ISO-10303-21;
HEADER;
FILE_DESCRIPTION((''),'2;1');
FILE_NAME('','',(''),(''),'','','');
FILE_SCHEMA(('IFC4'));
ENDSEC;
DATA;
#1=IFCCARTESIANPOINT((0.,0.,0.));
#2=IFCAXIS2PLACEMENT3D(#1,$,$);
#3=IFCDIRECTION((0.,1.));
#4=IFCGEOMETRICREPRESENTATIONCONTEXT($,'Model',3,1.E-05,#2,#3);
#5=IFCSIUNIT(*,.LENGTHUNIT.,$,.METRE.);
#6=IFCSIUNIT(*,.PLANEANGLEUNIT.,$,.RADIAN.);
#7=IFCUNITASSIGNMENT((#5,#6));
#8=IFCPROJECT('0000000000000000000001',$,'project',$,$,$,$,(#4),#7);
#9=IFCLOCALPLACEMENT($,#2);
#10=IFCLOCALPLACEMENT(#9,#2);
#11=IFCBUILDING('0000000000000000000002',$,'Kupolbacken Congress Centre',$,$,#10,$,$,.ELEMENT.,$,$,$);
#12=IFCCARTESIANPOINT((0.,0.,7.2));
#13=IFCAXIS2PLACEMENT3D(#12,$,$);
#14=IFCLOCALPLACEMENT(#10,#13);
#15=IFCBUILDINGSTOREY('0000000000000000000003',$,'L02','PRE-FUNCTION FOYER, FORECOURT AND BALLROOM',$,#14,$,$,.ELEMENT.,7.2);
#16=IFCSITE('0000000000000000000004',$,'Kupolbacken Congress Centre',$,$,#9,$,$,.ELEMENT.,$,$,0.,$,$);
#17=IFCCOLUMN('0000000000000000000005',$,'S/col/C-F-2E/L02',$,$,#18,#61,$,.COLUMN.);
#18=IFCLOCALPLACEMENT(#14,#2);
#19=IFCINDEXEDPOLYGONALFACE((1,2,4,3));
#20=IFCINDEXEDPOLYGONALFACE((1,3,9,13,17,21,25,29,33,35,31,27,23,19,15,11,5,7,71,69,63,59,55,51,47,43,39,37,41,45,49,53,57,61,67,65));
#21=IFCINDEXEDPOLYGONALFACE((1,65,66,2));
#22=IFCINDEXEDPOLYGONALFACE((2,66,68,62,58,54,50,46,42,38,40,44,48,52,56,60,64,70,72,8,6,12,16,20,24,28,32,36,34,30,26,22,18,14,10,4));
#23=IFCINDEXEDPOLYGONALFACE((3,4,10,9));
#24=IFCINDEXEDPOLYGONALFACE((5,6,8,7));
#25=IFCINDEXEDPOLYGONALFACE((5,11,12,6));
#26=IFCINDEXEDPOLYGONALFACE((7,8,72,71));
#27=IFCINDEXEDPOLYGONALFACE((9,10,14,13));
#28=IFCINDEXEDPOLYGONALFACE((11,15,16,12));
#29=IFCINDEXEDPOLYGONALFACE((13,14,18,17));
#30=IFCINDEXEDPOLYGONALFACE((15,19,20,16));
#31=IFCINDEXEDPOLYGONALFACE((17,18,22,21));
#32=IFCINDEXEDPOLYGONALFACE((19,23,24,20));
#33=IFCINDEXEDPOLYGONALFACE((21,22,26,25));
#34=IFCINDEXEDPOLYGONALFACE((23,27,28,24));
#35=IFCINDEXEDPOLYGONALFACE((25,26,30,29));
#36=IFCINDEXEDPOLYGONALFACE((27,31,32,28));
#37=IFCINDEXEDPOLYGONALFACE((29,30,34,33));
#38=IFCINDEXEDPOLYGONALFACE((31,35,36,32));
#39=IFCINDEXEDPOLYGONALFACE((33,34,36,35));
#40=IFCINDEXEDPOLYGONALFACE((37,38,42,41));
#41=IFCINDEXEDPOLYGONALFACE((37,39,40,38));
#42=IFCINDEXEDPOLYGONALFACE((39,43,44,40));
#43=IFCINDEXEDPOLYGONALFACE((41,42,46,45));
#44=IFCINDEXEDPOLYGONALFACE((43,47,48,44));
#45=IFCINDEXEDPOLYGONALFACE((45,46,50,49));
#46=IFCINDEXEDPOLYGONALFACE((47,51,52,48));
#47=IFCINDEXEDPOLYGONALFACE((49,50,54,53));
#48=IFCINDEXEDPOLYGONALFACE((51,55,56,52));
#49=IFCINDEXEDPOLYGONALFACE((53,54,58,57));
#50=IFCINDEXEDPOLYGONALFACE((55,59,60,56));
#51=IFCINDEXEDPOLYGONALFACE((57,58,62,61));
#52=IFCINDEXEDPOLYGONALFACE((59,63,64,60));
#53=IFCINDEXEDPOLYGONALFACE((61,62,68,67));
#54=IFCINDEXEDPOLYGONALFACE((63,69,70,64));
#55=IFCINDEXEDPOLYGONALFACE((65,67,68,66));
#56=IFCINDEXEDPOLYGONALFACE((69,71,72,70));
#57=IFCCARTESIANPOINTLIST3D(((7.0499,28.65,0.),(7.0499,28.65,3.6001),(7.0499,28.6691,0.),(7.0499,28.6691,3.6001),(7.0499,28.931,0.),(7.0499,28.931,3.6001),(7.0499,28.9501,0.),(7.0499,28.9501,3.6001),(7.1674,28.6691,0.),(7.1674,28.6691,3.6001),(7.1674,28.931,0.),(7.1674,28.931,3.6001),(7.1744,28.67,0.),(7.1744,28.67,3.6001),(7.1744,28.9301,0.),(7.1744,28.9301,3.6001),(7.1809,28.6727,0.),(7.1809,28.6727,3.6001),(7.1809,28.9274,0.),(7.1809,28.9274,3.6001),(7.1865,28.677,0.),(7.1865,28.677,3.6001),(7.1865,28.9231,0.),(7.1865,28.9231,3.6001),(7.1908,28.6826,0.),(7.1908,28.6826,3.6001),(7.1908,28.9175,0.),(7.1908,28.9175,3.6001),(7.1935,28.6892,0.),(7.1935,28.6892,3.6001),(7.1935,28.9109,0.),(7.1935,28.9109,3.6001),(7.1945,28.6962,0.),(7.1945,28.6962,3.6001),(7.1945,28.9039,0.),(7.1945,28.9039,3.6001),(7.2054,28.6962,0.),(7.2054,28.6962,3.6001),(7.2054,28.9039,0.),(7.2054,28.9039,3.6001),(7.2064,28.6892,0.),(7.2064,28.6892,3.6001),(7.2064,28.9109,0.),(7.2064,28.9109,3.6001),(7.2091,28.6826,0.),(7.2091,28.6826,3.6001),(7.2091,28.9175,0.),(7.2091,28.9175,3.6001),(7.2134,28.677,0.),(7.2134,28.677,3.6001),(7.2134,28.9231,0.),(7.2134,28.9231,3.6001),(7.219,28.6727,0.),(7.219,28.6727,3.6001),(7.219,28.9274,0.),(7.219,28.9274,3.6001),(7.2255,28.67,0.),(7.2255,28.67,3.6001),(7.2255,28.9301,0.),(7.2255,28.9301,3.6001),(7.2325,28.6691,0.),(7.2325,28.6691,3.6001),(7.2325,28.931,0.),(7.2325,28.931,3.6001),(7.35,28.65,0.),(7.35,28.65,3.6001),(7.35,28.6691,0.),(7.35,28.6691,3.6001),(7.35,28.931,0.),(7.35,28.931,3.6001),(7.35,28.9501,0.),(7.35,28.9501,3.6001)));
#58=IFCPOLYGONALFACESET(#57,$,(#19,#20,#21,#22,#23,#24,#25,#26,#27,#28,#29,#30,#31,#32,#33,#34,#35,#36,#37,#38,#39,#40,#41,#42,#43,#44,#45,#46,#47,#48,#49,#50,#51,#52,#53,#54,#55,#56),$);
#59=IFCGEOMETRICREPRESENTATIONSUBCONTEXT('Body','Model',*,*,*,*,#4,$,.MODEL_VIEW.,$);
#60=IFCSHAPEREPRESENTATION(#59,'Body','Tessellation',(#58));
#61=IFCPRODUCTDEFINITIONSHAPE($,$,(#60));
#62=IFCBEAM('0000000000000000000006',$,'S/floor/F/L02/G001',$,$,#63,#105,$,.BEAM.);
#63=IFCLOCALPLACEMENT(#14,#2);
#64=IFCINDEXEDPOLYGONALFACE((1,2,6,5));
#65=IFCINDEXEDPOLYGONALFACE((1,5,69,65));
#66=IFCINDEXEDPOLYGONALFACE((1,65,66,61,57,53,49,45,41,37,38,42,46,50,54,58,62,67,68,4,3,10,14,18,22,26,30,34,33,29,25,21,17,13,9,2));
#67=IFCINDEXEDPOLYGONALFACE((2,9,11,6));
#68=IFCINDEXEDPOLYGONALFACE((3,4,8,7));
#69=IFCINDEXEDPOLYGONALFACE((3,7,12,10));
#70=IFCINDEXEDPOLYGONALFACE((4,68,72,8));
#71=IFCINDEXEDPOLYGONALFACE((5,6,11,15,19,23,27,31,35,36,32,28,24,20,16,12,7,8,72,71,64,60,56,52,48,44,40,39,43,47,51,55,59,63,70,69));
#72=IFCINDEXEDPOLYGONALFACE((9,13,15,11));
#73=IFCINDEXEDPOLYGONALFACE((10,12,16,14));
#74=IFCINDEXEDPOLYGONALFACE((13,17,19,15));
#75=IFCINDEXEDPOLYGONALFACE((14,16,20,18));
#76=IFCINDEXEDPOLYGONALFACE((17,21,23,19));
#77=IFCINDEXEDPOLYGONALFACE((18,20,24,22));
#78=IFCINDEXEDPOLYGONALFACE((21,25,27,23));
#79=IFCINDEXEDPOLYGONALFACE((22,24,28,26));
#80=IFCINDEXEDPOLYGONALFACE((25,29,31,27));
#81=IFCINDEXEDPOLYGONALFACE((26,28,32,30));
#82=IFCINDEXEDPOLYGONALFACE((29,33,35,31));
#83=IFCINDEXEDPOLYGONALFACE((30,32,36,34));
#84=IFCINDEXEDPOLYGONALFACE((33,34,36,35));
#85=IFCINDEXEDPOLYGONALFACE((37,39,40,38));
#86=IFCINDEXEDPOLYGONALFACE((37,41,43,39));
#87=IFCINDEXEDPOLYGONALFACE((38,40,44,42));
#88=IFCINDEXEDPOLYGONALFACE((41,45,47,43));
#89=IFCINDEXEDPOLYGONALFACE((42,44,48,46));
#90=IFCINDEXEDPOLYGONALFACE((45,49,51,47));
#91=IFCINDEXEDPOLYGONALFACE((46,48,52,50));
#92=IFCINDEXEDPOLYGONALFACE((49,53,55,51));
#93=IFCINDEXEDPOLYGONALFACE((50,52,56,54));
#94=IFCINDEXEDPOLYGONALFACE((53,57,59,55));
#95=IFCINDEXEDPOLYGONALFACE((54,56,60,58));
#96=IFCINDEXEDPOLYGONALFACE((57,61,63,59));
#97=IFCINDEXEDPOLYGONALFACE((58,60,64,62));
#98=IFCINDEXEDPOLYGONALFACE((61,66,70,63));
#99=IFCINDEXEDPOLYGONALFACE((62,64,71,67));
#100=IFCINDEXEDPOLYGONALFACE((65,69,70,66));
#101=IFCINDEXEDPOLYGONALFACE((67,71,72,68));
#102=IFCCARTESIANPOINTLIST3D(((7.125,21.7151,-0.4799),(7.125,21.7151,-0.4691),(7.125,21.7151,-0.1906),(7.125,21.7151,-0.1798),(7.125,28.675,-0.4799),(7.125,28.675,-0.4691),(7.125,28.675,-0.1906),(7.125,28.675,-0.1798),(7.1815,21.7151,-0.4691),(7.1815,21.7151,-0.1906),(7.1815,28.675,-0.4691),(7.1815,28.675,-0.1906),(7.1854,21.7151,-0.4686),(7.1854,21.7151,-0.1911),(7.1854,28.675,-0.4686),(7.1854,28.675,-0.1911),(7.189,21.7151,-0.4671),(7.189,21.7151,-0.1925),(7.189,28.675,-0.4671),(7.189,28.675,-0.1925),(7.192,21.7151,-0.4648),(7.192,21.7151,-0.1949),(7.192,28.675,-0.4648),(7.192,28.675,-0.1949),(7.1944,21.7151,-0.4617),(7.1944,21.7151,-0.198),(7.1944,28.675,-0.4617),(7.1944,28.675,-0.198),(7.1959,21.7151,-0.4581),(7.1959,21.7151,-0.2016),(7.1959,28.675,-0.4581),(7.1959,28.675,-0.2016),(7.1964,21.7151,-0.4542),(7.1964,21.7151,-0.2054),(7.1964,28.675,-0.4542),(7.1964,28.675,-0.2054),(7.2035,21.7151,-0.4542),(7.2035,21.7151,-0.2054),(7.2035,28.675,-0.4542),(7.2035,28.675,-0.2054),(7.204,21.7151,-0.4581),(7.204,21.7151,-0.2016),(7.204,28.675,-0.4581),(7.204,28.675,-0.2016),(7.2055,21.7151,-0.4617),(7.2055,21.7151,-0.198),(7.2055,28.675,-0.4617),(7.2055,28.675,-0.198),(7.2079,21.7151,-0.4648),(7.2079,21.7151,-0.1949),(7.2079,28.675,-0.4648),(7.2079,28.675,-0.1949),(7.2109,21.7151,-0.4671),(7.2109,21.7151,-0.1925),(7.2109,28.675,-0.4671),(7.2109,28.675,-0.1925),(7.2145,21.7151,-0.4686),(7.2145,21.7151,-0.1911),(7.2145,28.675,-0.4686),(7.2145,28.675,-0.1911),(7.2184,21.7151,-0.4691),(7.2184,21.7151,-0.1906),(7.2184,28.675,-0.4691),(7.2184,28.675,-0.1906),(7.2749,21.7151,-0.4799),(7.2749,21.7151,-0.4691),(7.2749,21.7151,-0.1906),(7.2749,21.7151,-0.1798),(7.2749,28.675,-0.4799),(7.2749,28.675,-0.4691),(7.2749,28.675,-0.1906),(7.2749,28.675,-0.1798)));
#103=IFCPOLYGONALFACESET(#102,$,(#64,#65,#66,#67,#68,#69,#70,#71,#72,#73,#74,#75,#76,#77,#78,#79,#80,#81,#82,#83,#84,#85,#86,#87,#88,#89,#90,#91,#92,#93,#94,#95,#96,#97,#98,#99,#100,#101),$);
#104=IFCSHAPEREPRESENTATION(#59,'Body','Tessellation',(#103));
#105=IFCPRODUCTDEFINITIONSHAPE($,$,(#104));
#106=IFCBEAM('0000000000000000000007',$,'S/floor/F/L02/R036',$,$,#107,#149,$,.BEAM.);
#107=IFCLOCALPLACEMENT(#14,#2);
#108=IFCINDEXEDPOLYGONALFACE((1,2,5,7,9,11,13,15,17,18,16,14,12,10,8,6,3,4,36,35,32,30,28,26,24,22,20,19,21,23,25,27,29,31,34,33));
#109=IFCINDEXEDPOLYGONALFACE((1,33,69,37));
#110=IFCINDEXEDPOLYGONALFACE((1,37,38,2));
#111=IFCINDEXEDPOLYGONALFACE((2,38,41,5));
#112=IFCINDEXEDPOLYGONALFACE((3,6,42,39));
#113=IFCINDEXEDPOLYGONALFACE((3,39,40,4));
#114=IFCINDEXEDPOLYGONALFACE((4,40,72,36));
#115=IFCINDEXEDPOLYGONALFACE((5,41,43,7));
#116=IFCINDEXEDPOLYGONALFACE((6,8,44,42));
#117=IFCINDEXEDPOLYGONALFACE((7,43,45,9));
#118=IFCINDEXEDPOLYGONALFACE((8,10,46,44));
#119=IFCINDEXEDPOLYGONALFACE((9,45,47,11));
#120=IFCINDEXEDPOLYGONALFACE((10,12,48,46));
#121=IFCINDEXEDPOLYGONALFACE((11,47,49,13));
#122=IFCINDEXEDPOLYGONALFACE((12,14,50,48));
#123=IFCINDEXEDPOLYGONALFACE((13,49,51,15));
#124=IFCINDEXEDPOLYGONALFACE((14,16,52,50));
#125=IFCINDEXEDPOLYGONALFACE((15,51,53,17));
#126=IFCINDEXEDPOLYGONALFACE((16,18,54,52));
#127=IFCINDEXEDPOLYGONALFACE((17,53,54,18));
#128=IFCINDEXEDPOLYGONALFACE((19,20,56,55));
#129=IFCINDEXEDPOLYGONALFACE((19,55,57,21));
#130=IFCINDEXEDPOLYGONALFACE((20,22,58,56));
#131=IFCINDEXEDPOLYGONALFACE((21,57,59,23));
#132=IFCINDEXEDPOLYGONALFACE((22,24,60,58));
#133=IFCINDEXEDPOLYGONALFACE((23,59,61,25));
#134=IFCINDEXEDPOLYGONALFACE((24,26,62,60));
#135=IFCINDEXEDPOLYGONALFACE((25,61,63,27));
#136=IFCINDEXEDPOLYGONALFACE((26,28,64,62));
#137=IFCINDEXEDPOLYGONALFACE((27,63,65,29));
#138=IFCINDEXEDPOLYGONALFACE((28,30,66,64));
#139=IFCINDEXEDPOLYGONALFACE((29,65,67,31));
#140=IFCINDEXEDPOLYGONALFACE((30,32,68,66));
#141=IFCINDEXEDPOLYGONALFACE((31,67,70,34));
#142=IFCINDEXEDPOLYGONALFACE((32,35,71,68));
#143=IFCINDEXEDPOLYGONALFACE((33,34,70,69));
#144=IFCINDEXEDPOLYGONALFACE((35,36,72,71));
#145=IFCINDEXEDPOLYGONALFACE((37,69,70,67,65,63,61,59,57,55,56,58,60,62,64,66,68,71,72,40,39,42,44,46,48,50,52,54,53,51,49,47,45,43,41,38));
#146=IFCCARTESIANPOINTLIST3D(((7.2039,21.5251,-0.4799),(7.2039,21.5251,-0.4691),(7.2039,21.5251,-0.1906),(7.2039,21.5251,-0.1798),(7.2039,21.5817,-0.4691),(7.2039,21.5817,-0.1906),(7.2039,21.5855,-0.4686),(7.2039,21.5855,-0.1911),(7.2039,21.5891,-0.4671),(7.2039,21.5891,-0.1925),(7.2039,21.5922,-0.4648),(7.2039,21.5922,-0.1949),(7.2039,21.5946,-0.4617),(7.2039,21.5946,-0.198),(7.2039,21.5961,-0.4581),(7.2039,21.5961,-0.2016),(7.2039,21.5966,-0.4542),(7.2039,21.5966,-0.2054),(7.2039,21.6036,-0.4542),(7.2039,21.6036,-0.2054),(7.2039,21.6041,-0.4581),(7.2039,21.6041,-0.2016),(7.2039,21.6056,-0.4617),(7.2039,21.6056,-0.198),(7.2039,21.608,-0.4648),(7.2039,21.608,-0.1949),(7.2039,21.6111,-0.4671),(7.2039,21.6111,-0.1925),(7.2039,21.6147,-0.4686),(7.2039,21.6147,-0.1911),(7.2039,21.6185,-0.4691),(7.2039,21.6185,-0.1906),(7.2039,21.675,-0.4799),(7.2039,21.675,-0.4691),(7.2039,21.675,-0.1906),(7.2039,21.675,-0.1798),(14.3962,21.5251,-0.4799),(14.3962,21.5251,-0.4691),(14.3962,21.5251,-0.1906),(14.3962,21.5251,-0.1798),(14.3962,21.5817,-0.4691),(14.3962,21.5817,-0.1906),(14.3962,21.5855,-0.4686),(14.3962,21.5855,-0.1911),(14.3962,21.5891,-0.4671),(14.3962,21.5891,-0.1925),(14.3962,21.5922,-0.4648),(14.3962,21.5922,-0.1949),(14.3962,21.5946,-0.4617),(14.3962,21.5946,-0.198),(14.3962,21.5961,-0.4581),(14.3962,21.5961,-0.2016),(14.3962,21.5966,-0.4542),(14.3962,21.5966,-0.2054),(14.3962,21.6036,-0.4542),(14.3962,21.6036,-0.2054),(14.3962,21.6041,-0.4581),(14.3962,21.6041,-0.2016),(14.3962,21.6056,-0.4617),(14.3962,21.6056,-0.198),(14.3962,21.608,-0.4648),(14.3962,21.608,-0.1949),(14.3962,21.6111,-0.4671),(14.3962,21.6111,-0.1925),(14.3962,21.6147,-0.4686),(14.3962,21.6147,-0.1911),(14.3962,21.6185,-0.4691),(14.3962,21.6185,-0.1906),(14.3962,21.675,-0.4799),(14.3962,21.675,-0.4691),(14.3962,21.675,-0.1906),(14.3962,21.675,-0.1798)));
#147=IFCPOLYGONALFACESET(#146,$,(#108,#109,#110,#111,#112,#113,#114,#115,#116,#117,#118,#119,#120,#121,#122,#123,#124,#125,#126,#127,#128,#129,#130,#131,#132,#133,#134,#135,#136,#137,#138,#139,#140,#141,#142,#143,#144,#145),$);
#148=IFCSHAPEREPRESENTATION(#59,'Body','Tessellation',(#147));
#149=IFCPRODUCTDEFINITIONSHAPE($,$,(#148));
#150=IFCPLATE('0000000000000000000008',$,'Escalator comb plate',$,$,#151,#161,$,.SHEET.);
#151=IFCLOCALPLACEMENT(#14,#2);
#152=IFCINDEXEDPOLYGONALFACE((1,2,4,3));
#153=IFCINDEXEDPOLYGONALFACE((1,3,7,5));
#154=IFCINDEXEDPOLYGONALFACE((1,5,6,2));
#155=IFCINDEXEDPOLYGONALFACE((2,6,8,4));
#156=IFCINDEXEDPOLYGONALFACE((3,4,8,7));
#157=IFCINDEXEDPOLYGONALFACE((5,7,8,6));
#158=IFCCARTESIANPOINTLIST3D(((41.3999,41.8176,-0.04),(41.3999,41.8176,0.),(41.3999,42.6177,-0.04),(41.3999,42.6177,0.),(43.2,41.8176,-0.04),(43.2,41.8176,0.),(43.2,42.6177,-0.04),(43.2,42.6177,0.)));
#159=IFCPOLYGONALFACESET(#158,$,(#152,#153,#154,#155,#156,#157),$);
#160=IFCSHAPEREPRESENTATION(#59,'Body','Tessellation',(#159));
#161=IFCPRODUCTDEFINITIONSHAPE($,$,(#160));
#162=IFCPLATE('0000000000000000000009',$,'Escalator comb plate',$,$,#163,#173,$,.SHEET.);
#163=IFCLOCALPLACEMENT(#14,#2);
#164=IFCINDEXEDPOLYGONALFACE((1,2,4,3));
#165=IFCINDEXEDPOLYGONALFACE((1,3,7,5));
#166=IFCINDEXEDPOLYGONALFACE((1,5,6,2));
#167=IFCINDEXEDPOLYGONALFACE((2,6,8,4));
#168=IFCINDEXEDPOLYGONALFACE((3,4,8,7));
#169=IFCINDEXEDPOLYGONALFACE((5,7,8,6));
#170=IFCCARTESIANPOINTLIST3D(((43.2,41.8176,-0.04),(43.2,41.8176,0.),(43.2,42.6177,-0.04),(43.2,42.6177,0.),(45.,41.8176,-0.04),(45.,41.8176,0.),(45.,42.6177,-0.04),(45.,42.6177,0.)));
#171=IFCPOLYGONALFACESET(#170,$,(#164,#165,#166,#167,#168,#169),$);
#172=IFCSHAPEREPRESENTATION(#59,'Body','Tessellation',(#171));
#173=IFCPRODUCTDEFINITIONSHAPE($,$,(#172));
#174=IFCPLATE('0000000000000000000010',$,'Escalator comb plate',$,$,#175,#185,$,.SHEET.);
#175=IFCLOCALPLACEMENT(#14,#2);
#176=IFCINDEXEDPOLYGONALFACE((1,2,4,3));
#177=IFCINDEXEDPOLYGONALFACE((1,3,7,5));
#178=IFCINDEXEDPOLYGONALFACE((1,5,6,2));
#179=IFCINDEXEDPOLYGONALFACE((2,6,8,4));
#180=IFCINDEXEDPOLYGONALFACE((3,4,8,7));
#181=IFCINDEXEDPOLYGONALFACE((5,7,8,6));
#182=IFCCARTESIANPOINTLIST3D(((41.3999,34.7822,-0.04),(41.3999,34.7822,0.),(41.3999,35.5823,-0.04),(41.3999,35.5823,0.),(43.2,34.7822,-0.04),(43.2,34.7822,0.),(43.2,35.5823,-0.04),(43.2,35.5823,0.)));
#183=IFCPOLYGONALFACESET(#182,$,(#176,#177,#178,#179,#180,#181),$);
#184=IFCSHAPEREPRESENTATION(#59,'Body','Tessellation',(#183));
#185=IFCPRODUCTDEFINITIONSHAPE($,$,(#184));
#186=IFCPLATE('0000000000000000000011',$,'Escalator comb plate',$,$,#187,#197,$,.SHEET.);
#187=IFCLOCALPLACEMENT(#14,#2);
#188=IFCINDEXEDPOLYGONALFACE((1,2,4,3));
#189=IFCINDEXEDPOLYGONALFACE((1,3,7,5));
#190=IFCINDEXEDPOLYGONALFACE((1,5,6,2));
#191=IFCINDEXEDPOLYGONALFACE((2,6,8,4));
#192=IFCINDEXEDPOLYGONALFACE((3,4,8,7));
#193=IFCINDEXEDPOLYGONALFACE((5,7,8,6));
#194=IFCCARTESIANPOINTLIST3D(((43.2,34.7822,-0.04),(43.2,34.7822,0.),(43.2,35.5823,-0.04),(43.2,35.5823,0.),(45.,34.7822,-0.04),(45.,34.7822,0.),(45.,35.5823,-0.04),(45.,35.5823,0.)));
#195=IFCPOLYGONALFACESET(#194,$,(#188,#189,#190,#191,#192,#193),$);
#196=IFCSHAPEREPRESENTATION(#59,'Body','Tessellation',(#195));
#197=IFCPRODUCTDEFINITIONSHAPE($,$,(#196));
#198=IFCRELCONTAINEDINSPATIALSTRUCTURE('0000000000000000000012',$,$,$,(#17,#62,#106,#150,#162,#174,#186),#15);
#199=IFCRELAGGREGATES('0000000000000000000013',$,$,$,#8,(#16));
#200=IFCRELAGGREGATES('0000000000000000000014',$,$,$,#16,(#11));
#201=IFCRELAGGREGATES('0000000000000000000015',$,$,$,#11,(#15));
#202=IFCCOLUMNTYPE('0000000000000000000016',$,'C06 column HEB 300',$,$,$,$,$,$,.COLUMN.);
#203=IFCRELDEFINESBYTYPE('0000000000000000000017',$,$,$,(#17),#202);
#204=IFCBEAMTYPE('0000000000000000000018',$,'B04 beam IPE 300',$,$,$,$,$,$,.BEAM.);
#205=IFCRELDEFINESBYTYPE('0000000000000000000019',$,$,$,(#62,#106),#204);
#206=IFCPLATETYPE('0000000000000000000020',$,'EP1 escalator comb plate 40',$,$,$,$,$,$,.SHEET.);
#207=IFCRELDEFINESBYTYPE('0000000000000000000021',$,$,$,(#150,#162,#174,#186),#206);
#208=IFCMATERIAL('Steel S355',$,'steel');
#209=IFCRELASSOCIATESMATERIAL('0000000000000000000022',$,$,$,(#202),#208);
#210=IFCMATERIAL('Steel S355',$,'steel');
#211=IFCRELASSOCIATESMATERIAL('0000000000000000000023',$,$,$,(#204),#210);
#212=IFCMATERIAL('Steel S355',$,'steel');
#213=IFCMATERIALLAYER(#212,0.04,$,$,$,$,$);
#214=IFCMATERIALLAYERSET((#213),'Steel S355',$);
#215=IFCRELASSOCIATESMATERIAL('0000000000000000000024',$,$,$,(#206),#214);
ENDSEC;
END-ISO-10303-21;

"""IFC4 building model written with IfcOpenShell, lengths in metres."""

from ifc_helpers import new_model, si_unit, direction, frame, origin, origin_2d, place, context, subcontext, project, spatial, polyline, i_section, outline, extrude, material, layer, layer_set, material_profile, profile_set, type_object, element, save


model = new_model("IFC4")

# Units and contexts
model_context = context("Model", 3, precision=1e-05, world=origin(), true_north=direction((0.0, 1.0)))
body_context = subcontext(model_context, "Body", "Model", "MODEL_VIEW")
ifc_project = project(units=[si_unit("LENGTHUNIT", "METRE"), si_unit("PLANEANGLEUNIT", "RADIAN")], contexts=[model_context])

# Site, building, storey
site_placement = place(None, origin())
site = spatial("IfcSite", under=ifc_project, at=site_placement, Name="Kupolbacken Congress Centre", CompositionType="ELEMENT", RefElevation=0.0)
building_placement = place(site_placement, origin())
building = spatial("IfcBuilding", under=site, at=building_placement, Name="Kupolbacken Congress Centre", CompositionType="ELEMENT")
storey_placement = place(building_placement, frame((0.0, 0.0, 7.2)))
storey = spatial("IfcBuildingStorey", under=building, at=storey_placement, Name="L02", Description="PRE-FUNCTION FOYER, FORECOURT AND BALLROOM", CompositionType="ELEMENT", Elevation=7.2)

# Column
ifc_material_1 = material(Name="Steel S355", Category="steel")
ifc_material_profile_1 = material_profile(ifc_material_1, i_section(OverallWidth=0.3, OverallDepth=0.3, WebThickness=0.011, FlangeThickness=0.019, FilletRadius=0.0271, at=origin_2d()), Name="HEB 300")
ifc_profile_set_1 = profile_set([ifc_material_profile_1], Name="Steel S355")
column_type = type_object("IfcColumnType", Name="C06 column HEB 300", PredefinedType="COLUMN", material=ifc_profile_set_1)
column_placement = place(storey_placement, frame((7.2, 28.8, 0.0), z_axis=(0.0, 0.0, 1.0), x_axis=(1.0, 0.0, 0.0)))
element("IfcColumn", 1, at=column_placement, inside=storey, type_object=column_type, Name="S/col/C-F-2E/L02", PredefinedType="COLUMN", context=body_context, shape_type="SweptSolid", body=[
    extrude(i_section(OverallWidth=0.3, OverallDepth=0.3, WebThickness=0.011, FlangeThickness=0.019, FilletRadius=0.0271, at=origin_2d()), origin(), (0.0, 0.0, 1.0), 3.6001),
])

# Beams
ifc_material_2 = material(Name="Steel S355", Category="steel")
ifc_material_profile_2 = material_profile(ifc_material_2, i_section(OverallWidth=0.1499, OverallDepth=0.3, WebThickness=0.0071, FlangeThickness=0.0107, FilletRadius=0.0149, at=origin_2d()), Name="IPE 300")
ifc_profile_set_2 = profile_set([ifc_material_profile_2], Name="Steel S355")
beam_type = type_object("IfcBeamType", Name="B04 beam IPE 300", PredefinedType="BEAM", material=ifc_profile_set_2)
beam_1_placement = place(storey_placement, frame((7.2, 21.7151, -0.3298), z_axis=(0.0, 1.0, 0.0), x_axis=(-1.0, 0.0, 0.0)))
element("IfcBeam", 2, at=beam_1_placement, inside=storey, type_object=beam_type, Name="S/floor/F/L02/G001", PredefinedType="BEAM", context=body_context, shape_type="SweptSolid", body=[
    extrude(i_section(OverallWidth=0.1499, OverallDepth=0.3, WebThickness=0.0071, FlangeThickness=0.0107, FilletRadius=0.0149, at=origin_2d()), origin(), (0.0, 0.0, 1.0), 6.96),
])
beam_2_placement = place(storey_placement, frame((7.2039, 21.6001, -0.3298), z_axis=(1.0, 0.0, 0.0), x_axis=(0.0, 1.0, 0.0)))
element("IfcBeam", 3, at=beam_2_placement, inside=storey, type_object=beam_type, Name="S/floor/F/L02/R036", PredefinedType="BEAM", context=body_context, shape_type="SweptSolid", body=[
    extrude(i_section(OverallWidth=0.1499, OverallDepth=0.3, WebThickness=0.0071, FlangeThickness=0.0107, FilletRadius=0.0149, at=origin_2d()), origin(), (0.0, 0.0, 1.0), 7.1924),
])

# Plates
ifc_material_3 = material(Name="Steel S355", Category="steel")
ifc_layer_1 = layer(ifc_material_3, 0.04)
ifc_layer_set_1 = layer_set([ifc_layer_1], Name="Steel S355")
plate_type = type_object("IfcPlateType", Name="EP1 escalator comb plate 40", PredefinedType="SHEET", material=ifc_layer_set_1)
plate_1_placement = place(storey_placement, frame((0.0, 0.0, -0.04)))
element("IfcPlate", 4, at=plate_1_placement, inside=storey, type_object=plate_type, Name="Escalator comb plate", PredefinedType="SHEET", context=body_context, shape_type="SweptSolid", body=[
    extrude(outline(polyline([(41.3999, 41.8176), (43.2, 41.8176), (43.2, 42.6177), (41.3999, 42.6177), (41.3999, 41.8176)])), origin(), (0.0, 0.0, 1.0), 0.04),
])
plate_2_placement = place(storey_placement, frame((0.0, 0.0, -0.04)))
element("IfcPlate", 5, at=plate_2_placement, inside=storey, type_object=plate_type, Name="Escalator comb plate", PredefinedType="SHEET", context=body_context, shape_type="SweptSolid", body=[
    extrude(outline(polyline([(43.2, 41.8176), (45.0, 41.8176), (45.0, 42.6177), (43.2, 42.6177), (43.2, 41.8176)])), origin(), (0.0, 0.0, 1.0), 0.04),
])
plate_3_placement = place(storey_placement, frame((0.0, 0.0, -0.04)))
element("IfcPlate", 6, at=plate_3_placement, inside=storey, type_object=plate_type, Name="Escalator comb plate", PredefinedType="SHEET", context=body_context, shape_type="SweptSolid", body=[
    extrude(outline(polyline([(41.3999, 34.7822), (43.2, 34.7822), (43.2, 35.5823), (41.3999, 35.5823), (41.3999, 34.7822)])), origin(), (0.0, 0.0, 1.0), 0.04),
])
plate_4_placement = place(storey_placement, frame((0.0, 0.0, -0.04)))
element("IfcPlate", 7, at=plate_4_placement, inside=storey, type_object=plate_type, Name="Escalator comb plate", PredefinedType="SHEET", context=body_context, shape_type="SweptSolid", body=[
    extrude(outline(polyline([(43.2, 34.7822), (45.0, 34.7822), (45.0, 35.5823), (43.2, 35.5823), (43.2, 34.7822)])), origin(), (0.0, 0.0, 1.0), 0.04),
])

save(model, "model.ifc")
